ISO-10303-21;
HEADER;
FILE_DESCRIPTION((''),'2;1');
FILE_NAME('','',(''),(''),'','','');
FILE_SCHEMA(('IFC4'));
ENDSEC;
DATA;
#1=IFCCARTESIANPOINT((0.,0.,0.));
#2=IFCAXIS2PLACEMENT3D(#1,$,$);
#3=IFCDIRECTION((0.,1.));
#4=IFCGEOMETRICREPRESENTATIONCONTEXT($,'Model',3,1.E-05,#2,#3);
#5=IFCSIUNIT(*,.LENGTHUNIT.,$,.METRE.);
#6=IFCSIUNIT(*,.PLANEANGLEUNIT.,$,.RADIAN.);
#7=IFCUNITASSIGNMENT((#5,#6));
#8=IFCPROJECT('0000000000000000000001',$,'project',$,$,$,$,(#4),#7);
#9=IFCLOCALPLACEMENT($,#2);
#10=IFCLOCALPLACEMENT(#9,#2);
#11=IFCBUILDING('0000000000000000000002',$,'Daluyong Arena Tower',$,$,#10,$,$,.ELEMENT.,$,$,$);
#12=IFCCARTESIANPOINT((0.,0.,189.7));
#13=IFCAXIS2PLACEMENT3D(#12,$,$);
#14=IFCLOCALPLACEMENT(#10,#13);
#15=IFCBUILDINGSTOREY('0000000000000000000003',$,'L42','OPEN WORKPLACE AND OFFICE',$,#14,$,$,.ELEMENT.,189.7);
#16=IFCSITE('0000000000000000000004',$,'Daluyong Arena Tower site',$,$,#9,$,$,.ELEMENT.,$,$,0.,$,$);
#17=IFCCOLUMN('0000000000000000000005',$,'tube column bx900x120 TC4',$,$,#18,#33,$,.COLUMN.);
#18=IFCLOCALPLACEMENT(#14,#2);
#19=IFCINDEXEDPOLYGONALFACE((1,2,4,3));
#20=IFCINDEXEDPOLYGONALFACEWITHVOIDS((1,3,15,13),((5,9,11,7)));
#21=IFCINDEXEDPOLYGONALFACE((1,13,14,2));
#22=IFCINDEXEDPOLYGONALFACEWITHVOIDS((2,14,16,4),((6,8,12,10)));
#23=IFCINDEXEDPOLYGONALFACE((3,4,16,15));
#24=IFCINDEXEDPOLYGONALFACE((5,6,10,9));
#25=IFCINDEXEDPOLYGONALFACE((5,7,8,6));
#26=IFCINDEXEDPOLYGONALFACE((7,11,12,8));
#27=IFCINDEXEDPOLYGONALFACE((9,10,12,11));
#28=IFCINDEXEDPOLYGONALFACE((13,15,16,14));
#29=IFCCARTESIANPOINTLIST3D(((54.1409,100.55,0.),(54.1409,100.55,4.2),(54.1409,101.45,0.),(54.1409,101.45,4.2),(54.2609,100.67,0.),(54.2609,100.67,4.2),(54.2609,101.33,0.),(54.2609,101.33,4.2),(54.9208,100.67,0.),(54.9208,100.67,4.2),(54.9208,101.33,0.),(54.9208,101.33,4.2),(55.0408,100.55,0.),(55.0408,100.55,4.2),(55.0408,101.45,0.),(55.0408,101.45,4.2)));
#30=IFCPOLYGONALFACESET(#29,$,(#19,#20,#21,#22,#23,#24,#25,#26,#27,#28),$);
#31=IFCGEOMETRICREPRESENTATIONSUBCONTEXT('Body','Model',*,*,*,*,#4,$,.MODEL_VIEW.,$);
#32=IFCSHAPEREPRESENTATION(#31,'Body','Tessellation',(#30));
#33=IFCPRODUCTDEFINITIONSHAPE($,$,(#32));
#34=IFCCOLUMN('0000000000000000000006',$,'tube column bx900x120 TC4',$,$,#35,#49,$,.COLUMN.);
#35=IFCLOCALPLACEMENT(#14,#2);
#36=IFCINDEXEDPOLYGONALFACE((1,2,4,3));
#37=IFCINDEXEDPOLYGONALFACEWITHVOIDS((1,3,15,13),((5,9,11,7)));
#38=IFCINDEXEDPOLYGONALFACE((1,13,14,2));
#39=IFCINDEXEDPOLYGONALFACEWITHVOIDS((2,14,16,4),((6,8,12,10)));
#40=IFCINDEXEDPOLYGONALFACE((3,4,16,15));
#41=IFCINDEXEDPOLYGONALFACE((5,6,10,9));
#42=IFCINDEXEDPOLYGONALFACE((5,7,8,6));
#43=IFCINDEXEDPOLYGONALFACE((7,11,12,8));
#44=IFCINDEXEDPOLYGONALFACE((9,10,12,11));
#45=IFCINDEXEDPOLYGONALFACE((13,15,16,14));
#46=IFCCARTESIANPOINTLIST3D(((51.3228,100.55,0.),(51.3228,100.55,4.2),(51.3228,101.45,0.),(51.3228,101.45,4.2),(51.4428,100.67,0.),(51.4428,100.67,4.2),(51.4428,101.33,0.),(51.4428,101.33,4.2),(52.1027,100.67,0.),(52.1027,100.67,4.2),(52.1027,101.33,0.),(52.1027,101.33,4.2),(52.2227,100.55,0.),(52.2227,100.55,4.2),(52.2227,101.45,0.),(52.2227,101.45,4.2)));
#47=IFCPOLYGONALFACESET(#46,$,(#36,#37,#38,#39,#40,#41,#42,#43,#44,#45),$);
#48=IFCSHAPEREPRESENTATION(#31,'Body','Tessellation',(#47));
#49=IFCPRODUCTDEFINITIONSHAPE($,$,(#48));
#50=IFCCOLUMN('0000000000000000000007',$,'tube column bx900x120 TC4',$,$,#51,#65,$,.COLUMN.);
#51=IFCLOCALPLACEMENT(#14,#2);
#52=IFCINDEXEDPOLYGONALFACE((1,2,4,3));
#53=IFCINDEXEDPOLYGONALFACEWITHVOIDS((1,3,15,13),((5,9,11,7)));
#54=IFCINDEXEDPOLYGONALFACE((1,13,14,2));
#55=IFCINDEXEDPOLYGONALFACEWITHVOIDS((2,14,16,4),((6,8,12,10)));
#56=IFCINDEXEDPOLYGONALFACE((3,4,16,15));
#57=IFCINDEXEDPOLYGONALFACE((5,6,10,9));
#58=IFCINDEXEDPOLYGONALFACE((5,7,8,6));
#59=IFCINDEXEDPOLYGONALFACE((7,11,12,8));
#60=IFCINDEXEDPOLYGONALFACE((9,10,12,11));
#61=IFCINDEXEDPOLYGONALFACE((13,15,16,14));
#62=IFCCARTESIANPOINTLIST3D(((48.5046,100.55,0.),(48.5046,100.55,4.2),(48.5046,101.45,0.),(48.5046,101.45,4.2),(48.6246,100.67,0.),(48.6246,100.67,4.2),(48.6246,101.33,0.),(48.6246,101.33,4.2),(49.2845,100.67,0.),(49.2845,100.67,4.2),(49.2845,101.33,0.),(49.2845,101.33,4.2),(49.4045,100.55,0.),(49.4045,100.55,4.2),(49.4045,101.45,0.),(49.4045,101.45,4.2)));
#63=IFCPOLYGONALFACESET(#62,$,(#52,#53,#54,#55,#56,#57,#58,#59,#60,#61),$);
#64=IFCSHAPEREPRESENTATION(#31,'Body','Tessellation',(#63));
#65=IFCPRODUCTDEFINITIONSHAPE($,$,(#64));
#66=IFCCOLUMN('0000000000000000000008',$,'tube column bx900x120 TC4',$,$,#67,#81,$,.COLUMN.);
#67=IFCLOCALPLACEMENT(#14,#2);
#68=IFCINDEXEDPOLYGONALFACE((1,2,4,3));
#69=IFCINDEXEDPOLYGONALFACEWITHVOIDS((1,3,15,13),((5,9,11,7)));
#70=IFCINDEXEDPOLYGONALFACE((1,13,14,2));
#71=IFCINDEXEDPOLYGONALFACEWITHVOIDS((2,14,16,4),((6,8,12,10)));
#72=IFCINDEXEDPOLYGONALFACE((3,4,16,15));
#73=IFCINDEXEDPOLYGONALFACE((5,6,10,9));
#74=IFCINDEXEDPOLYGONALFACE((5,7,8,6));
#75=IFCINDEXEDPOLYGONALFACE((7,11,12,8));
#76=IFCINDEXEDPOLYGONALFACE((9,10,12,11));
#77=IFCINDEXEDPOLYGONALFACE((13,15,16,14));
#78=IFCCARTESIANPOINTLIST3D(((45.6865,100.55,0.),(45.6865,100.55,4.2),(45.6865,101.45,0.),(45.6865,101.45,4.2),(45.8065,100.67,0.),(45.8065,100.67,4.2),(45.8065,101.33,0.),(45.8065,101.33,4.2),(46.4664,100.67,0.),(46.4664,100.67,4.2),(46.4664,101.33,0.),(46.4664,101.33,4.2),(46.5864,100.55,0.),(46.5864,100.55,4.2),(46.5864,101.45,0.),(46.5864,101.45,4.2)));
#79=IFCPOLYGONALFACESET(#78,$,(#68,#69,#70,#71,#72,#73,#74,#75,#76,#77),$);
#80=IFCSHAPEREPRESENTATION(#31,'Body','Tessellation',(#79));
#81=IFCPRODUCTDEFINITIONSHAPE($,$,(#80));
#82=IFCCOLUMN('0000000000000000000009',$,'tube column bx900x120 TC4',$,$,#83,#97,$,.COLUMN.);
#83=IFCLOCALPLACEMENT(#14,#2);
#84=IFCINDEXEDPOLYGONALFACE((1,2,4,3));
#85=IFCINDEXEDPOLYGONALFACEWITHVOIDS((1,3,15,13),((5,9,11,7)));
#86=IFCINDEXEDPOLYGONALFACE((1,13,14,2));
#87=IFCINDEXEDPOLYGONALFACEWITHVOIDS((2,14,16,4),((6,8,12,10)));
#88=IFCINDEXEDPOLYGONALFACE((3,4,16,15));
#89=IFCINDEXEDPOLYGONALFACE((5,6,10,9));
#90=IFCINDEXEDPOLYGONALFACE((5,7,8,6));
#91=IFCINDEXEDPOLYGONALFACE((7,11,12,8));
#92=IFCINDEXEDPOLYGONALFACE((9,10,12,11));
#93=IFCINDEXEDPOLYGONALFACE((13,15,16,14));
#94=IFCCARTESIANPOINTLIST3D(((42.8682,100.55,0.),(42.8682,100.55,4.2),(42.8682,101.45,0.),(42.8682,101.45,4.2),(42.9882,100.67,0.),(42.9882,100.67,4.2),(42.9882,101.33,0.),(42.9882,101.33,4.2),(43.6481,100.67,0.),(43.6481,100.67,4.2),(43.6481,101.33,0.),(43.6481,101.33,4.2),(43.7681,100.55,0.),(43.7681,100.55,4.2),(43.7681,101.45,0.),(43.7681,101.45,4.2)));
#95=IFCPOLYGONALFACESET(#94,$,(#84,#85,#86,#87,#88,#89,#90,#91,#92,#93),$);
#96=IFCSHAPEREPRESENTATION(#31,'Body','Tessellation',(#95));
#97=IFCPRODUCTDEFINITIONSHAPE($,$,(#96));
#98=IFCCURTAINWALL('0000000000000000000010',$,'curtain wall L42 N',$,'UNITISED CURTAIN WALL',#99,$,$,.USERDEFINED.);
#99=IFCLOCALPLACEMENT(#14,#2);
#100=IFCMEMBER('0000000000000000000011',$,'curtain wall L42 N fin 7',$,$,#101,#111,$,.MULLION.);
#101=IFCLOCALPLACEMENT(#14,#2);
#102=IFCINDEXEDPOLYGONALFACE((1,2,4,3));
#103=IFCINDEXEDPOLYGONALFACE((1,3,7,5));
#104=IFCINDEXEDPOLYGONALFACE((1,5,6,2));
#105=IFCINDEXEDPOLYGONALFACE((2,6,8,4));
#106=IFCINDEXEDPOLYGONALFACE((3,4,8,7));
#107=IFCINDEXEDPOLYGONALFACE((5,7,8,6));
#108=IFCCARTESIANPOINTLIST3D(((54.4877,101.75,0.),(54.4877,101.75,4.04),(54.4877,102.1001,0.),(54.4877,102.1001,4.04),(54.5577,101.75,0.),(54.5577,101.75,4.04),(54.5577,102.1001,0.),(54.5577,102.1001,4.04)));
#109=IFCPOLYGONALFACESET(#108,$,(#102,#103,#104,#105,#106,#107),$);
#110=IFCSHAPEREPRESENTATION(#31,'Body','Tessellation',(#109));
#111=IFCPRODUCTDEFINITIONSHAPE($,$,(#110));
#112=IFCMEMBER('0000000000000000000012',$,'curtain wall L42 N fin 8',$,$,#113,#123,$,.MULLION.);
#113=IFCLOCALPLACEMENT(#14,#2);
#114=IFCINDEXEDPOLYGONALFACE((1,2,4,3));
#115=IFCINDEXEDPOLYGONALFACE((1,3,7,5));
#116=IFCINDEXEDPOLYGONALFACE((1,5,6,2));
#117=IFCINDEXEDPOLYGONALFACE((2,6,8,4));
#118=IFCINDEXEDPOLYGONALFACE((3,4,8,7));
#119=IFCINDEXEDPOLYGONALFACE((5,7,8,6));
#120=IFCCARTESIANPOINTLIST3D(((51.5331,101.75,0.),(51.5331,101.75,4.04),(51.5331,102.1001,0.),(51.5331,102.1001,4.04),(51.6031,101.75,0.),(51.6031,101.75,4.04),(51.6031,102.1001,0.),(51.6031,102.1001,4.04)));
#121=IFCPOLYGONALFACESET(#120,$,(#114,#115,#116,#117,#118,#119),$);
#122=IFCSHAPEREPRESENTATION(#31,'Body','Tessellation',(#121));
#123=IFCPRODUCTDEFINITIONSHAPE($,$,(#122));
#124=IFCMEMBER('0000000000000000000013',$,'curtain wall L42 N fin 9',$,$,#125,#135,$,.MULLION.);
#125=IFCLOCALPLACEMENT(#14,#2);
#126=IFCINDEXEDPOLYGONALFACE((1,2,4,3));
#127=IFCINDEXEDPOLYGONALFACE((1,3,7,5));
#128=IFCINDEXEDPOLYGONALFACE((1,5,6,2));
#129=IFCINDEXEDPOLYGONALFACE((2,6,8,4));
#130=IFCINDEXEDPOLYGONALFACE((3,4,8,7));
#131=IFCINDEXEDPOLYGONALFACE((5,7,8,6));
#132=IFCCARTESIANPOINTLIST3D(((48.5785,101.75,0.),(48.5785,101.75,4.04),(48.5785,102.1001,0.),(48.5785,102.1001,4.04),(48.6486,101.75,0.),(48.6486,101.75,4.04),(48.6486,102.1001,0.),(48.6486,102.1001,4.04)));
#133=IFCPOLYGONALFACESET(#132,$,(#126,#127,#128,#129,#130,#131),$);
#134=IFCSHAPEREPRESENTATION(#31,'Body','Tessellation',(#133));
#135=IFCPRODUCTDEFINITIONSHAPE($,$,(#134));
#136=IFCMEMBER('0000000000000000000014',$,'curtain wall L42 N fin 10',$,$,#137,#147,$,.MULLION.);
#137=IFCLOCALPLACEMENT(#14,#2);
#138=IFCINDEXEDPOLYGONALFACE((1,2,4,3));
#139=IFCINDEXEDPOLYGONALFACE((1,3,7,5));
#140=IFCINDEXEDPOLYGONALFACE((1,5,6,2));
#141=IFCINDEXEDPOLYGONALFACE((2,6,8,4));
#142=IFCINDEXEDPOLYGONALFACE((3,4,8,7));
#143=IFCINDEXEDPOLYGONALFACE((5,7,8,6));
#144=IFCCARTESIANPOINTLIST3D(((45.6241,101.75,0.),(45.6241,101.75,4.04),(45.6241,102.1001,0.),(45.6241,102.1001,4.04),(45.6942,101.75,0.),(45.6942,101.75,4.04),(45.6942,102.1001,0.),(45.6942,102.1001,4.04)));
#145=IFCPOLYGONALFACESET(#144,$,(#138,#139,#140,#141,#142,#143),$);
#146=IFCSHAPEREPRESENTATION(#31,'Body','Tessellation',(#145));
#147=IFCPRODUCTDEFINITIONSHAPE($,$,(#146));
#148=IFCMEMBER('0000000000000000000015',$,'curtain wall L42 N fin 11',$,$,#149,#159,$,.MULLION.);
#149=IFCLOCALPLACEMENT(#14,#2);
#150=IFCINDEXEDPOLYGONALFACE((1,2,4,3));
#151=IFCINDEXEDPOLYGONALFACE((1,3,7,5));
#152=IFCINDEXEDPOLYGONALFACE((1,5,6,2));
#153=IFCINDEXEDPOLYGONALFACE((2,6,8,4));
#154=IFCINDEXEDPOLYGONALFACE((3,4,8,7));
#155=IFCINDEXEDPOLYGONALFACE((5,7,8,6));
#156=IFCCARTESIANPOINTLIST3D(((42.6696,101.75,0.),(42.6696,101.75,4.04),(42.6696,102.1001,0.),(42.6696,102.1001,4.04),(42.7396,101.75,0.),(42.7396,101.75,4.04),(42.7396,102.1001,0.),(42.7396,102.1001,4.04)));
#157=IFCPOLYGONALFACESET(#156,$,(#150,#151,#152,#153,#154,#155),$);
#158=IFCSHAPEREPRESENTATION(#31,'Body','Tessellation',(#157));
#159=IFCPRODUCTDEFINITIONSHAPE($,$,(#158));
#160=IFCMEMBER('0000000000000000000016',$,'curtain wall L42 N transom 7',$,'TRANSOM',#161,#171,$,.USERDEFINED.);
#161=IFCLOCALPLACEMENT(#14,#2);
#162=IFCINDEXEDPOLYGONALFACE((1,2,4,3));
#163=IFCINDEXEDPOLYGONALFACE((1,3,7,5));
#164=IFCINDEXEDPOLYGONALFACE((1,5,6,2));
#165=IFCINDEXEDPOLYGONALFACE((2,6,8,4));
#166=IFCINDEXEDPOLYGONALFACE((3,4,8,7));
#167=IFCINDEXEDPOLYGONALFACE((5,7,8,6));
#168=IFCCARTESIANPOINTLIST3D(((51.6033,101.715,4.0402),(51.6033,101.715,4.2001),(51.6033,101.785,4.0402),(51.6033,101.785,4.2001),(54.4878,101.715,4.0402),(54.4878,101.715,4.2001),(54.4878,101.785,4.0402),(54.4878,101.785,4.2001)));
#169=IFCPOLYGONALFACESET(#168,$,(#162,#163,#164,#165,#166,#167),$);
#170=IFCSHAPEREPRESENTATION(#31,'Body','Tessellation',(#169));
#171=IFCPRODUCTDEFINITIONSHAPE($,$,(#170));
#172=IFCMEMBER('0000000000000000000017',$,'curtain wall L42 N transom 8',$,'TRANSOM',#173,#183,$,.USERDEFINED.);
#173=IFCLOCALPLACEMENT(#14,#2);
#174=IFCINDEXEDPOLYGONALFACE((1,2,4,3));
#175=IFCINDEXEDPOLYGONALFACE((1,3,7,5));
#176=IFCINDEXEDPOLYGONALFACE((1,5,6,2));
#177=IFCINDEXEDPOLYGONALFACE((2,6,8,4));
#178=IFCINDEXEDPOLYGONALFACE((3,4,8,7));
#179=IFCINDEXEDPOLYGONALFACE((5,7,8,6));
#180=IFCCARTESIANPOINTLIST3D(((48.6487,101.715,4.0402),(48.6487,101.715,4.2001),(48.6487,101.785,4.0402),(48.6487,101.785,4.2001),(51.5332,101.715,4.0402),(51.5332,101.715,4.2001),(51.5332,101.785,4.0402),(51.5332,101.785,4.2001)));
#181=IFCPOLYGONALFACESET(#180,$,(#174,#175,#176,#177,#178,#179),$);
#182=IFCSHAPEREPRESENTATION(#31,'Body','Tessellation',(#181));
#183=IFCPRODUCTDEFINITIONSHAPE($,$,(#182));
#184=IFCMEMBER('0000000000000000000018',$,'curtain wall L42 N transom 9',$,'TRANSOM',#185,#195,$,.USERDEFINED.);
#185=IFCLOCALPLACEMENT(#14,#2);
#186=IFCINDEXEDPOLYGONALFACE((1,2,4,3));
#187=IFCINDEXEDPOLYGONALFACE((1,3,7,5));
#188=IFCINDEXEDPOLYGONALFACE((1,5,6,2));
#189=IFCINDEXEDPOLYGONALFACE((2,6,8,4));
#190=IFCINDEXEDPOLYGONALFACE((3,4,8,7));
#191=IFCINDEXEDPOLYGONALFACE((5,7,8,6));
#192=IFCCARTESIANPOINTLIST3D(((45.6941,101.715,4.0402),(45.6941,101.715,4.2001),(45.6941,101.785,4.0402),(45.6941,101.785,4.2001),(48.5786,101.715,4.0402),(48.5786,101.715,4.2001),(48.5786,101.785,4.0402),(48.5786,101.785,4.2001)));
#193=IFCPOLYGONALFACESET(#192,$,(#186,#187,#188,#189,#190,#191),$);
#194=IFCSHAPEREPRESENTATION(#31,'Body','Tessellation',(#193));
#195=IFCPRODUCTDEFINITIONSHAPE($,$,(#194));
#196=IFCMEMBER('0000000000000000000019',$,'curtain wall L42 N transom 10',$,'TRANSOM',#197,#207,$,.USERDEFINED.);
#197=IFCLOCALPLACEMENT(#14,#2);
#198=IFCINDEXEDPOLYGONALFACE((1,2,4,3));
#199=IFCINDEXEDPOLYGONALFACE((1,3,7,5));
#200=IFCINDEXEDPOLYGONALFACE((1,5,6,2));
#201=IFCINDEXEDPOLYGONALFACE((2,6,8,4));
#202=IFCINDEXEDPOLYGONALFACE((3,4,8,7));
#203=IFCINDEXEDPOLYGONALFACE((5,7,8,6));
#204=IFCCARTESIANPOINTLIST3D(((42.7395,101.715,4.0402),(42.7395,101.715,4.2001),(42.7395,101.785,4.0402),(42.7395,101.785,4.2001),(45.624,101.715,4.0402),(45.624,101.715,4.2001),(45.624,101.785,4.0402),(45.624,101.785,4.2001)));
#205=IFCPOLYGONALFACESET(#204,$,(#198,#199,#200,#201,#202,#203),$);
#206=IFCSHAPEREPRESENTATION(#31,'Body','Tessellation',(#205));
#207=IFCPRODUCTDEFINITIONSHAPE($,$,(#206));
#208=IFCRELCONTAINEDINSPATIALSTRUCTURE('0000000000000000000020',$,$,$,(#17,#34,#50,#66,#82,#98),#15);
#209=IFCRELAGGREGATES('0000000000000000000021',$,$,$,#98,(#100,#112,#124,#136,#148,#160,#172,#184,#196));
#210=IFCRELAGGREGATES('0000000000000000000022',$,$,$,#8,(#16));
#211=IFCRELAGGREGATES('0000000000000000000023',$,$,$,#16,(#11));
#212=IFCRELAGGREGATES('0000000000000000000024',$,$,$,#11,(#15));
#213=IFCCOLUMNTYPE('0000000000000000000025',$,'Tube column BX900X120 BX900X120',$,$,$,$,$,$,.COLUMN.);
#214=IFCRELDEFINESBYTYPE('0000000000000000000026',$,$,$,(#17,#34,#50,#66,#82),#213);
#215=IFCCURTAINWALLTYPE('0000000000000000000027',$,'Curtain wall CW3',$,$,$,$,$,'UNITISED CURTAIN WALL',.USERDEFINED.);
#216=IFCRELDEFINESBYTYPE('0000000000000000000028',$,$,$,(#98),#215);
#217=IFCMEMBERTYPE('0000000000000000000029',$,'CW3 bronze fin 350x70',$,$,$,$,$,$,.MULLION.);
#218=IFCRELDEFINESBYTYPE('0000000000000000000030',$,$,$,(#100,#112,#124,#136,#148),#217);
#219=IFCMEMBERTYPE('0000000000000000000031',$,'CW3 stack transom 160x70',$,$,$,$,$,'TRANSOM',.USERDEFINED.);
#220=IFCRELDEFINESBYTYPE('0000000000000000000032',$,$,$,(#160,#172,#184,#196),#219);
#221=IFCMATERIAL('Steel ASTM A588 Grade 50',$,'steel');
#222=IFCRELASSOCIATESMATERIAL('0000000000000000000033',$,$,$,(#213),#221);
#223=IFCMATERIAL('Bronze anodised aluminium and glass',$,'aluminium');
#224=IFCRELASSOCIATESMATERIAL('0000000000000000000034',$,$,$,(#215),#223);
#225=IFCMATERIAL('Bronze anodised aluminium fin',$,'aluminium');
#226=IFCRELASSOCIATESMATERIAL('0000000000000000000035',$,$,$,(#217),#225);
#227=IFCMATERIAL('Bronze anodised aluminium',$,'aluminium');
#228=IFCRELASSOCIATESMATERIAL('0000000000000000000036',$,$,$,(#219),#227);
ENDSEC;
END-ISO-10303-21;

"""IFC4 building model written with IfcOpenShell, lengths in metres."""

from ifc_helpers import new_model, si_unit, direction, frame, origin, origin_2d, place, context, subcontext, project, spatial, rectangle, hollow_rectangle, extrude, material, material_profile, profile_set, type_object, element, aggregate, save


model = new_model("IFC4")

# Units and contexts
model_context = context("Model", 3, precision=1e-05, world=origin(), true_north=direction((0.0, 1.0)))
body_context = subcontext(model_context, "Body", "Model", "MODEL_VIEW")
ifc_project = project(units=[si_unit("LENGTHUNIT", "METRE"), si_unit("PLANEANGLEUNIT", "RADIAN")], contexts=[model_context])

# Site, building, storey
site_placement = place(None, origin())
site = spatial("IfcSite", under=ifc_project, at=site_placement, Name="Daluyong Arena Tower site", CompositionType="ELEMENT", RefElevation=0.0)
building_placement = place(site_placement, origin())
building = spatial("IfcBuilding", under=site, at=building_placement, Name="Daluyong Arena Tower", CompositionType="ELEMENT")
storey_placement = place(building_placement, frame((0.0, 0.0, 189.7)))
storey = spatial("IfcBuildingStorey", under=building, at=storey_placement, Name="L42", Description="OPEN WORKPLACE AND OFFICE", CompositionType="ELEMENT", Elevation=189.7)

# Columns
ifc_material_1 = material(Name="Steel ASTM A588 Grade 50", Category="steel")
ifc_material_profile_1 = material_profile(ifc_material_1, hollow_rectangle(XDim=0.8999, YDim=0.8999, WallThickness=0.12, at=origin_2d()))
ifc_profile_set_1 = profile_set([ifc_material_profile_1], Name="Steel ASTM A588 Grade 50")
column_type = type_object("IfcColumnType", Name="Tube column BX900X120 BX900X120", PredefinedType="COLUMN", material=ifc_profile_set_1)
for number, where, z_axis, x_axis, name in (
    (1, (54.5908, 101.0, 0.0), (0.0, 0.0, 1.0), (1.0, 0.0, 0.0), "tube column bx900x120 TC4"),
    (2, (51.7727, 101.0, 0.0), (0.0, 0.0, 1.0), (1.0, 0.0, 0.0), "tube column bx900x120 TC4"),
    (3, (48.9546, 101.0, 0.0), (0.0, 0.0, 1.0), (1.0, 0.0, 0.0), "tube column bx900x120 TC4"),
    (4, (46.1365, 101.0, 0.0), (0.0, 0.0, 1.0), (1.0, 0.0, 0.0), "tube column bx900x120 TC4"),
    (5, (43.3181, 101.0, 0.0), (0.0, 0.0, 1.0), (1.0, 0.0, 0.0), "tube column bx900x120 TC4"),
):
    element("IfcColumn", number, at=place(storey_placement, frame(where, z_axis=z_axis, x_axis=x_axis)), inside=storey, type_object=column_type, Name=name, PredefinedType="COLUMN", context=body_context, shape_type="SweptSolid", body=[
        extrude(hollow_rectangle(XDim=0.8999, YDim=0.8999, WallThickness=0.12, at=origin_2d()), origin(), (0.0, 0.0, 1.0), 4.2),
    ])

# Curtain wall, members
ifc_material_2 = material(Name="Bronze anodised aluminium and glass", Category="aluminium")
curtain_wall_type = type_object("IfcCurtainWallType", Name="Curtain wall CW3", ElementType="UNITISED CURTAIN WALL", PredefinedType="USERDEFINED", material=ifc_material_2)
curtain_wall_placement = place(storey_placement, origin())
curtain_wall = element("IfcCurtainWall", 6, at=curtain_wall_placement, inside=storey, type_object=curtain_wall_type, Name="curtain wall L42 N", ObjectType="UNITISED CURTAIN WALL", PredefinedType="USERDEFINED")
ifc_material_3 = material(Name="Bronze anodised aluminium fin", Category="aluminium")
ifc_material_profile_2 = material_profile(ifc_material_3, rectangle(XDim=0.3501, YDim=0.0701, at=origin_2d()))
ifc_profile_set_2 = profile_set([ifc_material_profile_2], Name="Bronze anodised aluminium fin")
member_type_1 = type_object("IfcMemberType", Name="CW3 bronze fin 350x70", PredefinedType="MULLION", material=ifc_profile_set_2)
member_1_placement = place(storey_placement, frame((54.5227, 101.925, 0.0), z_axis=(0.0, 0.0, 1.0), x_axis=(0.0, -1.0, 0.0)))
member_1 = element("IfcMember", 7, at=member_1_placement, type_object=member_type_1, Name="curtain wall L42 N fin 7", PredefinedType="MULLION", context=body_context, shape_type="SweptSolid", body=[
    extrude(rectangle(XDim=0.3501, YDim=0.0701, at=origin_2d()), origin(), (0.0, 0.0, 1.0), 4.04),
])
member_2_placement = place(storey_placement, frame((51.5681, 101.925, 0.0), z_axis=(0.0, 0.0, 1.0), x_axis=(0.0, -1.0, 0.0)))
member_2 = element("IfcMember", 8, at=member_2_placement, type_object=member_type_1, Name="curtain wall L42 N fin 8", PredefinedType="MULLION", context=body_context, shape_type="SweptSolid", body=[
    extrude(rectangle(XDim=0.3501, YDim=0.0701, at=origin_2d()), origin(), (0.0, 0.0, 1.0), 4.04),
])
member_3_placement = place(storey_placement, frame((48.6135, 101.925, 0.0), z_axis=(0.0, 0.0, 1.0), x_axis=(0.0, -1.0, 0.0)))
member_3 = element("IfcMember", 9, at=member_3_placement, type_object=member_type_1, Name="curtain wall L42 N fin 9", PredefinedType="MULLION", context=body_context, shape_type="SweptSolid", body=[
    extrude(rectangle(XDim=0.3501, YDim=0.0701, at=origin_2d()), origin(), (0.0, 0.0, 1.0), 4.04),
])
member_4_placement = place(storey_placement, frame((45.6592, 101.925, 0.0), z_axis=(0.0, 0.0, 1.0), x_axis=(0.0, -1.0, 0.0)))
member_4 = element("IfcMember", 10, at=member_4_placement, type_object=member_type_1, Name="curtain wall L42 N fin 10", PredefinedType="MULLION", context=body_context, shape_type="SweptSolid", body=[
    extrude(rectangle(XDim=0.3501, YDim=0.0701, at=origin_2d()), origin(), (0.0, 0.0, 1.0), 4.04),
])
member_5_placement = place(storey_placement, frame((42.7046, 101.925, 0.0), z_axis=(0.0, 0.0, 1.0), x_axis=(0.0, -1.0, 0.0)))
member_5 = element("IfcMember", 11, at=member_5_placement, type_object=member_type_1, Name="curtain wall L42 N fin 11", PredefinedType="MULLION", context=body_context, shape_type="SweptSolid", body=[
    extrude(rectangle(XDim=0.3501, YDim=0.0701, at=origin_2d()), origin(), (0.0, 0.0, 1.0), 4.04),
])
ifc_material_4 = material(Name="Bronze anodised aluminium", Category="aluminium")
ifc_material_profile_3 = material_profile(ifc_material_4, rectangle(XDim=0.0701, YDim=0.1599, at=origin_2d()))
ifc_profile_set_3 = profile_set([ifc_material_profile_3], Name="Bronze anodised aluminium")
member_type_2 = type_object("IfcMemberType", Name="CW3 stack transom 160x70", ElementType="TRANSOM", PredefinedType="USERDEFINED", material=ifc_profile_set_3)
member_6_placement = place(storey_placement, frame((54.4878, 101.75, 4.1201), z_axis=(-1.0, 0.0, 0.0), x_axis=(0.0, -1.0, 0.0)))
member_6 = element("IfcMember", 12, at=member_6_placement, type_object=member_type_2, Name="curtain wall L42 N transom 7", ObjectType="TRANSOM", PredefinedType="USERDEFINED", context=body_context, shape_type="SweptSolid", body=[
    extrude(rectangle(XDim=0.0701, YDim=0.1599, at=origin_2d()), origin(), (0.0, 0.0, 1.0), 2.8845),
])
member_7_placement = place(storey_placement, frame((51.5332, 101.75, 4.1201), z_axis=(-1.0, 0.0, 0.0), x_axis=(0.0, -1.0, 0.0)))
member_7 = element("IfcMember", 13, at=member_7_placement, type_object=member_type_2, Name="curtain wall L42 N transom 8", ObjectType="TRANSOM", PredefinedType="USERDEFINED", context=body_context, shape_type="SweptSolid", body=[
    extrude(rectangle(XDim=0.0701, YDim=0.1599, at=origin_2d()), origin(), (0.0, 0.0, 1.0), 2.8845),
])
member_8_placement = place(storey_placement, frame((48.5786, 101.75, 4.1201), z_axis=(-1.0, 0.0, 0.0), x_axis=(0.0, -1.0, 0.0)))
member_8 = element("IfcMember", 14, at=member_8_placement, type_object=member_type_2, Name="curtain wall L42 N transom 9", ObjectType="TRANSOM", PredefinedType="USERDEFINED", context=body_context, shape_type="SweptSolid", body=[
    extrude(rectangle(XDim=0.0701, YDim=0.1599, at=origin_2d()), origin(), (0.0, 0.0, 1.0), 2.8845),
])
member_9_placement = place(storey_placement, frame((45.624, 101.75, 4.1201), z_axis=(-1.0, 0.0, 0.0), x_axis=(0.0, -1.0, 0.0)))
member_9 = element("IfcMember", 15, at=member_9_placement, type_object=member_type_2, Name="curtain wall L42 N transom 10", ObjectType="TRANSOM", PredefinedType="USERDEFINED", context=body_context, shape_type="SweptSolid", body=[
    extrude(rectangle(XDim=0.0701, YDim=0.1599, at=origin_2d()), origin(), (0.0, 0.0, 1.0), 2.8845),
])

aggregate(curtain_wall, [member_1, member_2, member_3, member_4, member_5, member_6, member_7, member_8, member_9])

save(model, "model.ifc")
